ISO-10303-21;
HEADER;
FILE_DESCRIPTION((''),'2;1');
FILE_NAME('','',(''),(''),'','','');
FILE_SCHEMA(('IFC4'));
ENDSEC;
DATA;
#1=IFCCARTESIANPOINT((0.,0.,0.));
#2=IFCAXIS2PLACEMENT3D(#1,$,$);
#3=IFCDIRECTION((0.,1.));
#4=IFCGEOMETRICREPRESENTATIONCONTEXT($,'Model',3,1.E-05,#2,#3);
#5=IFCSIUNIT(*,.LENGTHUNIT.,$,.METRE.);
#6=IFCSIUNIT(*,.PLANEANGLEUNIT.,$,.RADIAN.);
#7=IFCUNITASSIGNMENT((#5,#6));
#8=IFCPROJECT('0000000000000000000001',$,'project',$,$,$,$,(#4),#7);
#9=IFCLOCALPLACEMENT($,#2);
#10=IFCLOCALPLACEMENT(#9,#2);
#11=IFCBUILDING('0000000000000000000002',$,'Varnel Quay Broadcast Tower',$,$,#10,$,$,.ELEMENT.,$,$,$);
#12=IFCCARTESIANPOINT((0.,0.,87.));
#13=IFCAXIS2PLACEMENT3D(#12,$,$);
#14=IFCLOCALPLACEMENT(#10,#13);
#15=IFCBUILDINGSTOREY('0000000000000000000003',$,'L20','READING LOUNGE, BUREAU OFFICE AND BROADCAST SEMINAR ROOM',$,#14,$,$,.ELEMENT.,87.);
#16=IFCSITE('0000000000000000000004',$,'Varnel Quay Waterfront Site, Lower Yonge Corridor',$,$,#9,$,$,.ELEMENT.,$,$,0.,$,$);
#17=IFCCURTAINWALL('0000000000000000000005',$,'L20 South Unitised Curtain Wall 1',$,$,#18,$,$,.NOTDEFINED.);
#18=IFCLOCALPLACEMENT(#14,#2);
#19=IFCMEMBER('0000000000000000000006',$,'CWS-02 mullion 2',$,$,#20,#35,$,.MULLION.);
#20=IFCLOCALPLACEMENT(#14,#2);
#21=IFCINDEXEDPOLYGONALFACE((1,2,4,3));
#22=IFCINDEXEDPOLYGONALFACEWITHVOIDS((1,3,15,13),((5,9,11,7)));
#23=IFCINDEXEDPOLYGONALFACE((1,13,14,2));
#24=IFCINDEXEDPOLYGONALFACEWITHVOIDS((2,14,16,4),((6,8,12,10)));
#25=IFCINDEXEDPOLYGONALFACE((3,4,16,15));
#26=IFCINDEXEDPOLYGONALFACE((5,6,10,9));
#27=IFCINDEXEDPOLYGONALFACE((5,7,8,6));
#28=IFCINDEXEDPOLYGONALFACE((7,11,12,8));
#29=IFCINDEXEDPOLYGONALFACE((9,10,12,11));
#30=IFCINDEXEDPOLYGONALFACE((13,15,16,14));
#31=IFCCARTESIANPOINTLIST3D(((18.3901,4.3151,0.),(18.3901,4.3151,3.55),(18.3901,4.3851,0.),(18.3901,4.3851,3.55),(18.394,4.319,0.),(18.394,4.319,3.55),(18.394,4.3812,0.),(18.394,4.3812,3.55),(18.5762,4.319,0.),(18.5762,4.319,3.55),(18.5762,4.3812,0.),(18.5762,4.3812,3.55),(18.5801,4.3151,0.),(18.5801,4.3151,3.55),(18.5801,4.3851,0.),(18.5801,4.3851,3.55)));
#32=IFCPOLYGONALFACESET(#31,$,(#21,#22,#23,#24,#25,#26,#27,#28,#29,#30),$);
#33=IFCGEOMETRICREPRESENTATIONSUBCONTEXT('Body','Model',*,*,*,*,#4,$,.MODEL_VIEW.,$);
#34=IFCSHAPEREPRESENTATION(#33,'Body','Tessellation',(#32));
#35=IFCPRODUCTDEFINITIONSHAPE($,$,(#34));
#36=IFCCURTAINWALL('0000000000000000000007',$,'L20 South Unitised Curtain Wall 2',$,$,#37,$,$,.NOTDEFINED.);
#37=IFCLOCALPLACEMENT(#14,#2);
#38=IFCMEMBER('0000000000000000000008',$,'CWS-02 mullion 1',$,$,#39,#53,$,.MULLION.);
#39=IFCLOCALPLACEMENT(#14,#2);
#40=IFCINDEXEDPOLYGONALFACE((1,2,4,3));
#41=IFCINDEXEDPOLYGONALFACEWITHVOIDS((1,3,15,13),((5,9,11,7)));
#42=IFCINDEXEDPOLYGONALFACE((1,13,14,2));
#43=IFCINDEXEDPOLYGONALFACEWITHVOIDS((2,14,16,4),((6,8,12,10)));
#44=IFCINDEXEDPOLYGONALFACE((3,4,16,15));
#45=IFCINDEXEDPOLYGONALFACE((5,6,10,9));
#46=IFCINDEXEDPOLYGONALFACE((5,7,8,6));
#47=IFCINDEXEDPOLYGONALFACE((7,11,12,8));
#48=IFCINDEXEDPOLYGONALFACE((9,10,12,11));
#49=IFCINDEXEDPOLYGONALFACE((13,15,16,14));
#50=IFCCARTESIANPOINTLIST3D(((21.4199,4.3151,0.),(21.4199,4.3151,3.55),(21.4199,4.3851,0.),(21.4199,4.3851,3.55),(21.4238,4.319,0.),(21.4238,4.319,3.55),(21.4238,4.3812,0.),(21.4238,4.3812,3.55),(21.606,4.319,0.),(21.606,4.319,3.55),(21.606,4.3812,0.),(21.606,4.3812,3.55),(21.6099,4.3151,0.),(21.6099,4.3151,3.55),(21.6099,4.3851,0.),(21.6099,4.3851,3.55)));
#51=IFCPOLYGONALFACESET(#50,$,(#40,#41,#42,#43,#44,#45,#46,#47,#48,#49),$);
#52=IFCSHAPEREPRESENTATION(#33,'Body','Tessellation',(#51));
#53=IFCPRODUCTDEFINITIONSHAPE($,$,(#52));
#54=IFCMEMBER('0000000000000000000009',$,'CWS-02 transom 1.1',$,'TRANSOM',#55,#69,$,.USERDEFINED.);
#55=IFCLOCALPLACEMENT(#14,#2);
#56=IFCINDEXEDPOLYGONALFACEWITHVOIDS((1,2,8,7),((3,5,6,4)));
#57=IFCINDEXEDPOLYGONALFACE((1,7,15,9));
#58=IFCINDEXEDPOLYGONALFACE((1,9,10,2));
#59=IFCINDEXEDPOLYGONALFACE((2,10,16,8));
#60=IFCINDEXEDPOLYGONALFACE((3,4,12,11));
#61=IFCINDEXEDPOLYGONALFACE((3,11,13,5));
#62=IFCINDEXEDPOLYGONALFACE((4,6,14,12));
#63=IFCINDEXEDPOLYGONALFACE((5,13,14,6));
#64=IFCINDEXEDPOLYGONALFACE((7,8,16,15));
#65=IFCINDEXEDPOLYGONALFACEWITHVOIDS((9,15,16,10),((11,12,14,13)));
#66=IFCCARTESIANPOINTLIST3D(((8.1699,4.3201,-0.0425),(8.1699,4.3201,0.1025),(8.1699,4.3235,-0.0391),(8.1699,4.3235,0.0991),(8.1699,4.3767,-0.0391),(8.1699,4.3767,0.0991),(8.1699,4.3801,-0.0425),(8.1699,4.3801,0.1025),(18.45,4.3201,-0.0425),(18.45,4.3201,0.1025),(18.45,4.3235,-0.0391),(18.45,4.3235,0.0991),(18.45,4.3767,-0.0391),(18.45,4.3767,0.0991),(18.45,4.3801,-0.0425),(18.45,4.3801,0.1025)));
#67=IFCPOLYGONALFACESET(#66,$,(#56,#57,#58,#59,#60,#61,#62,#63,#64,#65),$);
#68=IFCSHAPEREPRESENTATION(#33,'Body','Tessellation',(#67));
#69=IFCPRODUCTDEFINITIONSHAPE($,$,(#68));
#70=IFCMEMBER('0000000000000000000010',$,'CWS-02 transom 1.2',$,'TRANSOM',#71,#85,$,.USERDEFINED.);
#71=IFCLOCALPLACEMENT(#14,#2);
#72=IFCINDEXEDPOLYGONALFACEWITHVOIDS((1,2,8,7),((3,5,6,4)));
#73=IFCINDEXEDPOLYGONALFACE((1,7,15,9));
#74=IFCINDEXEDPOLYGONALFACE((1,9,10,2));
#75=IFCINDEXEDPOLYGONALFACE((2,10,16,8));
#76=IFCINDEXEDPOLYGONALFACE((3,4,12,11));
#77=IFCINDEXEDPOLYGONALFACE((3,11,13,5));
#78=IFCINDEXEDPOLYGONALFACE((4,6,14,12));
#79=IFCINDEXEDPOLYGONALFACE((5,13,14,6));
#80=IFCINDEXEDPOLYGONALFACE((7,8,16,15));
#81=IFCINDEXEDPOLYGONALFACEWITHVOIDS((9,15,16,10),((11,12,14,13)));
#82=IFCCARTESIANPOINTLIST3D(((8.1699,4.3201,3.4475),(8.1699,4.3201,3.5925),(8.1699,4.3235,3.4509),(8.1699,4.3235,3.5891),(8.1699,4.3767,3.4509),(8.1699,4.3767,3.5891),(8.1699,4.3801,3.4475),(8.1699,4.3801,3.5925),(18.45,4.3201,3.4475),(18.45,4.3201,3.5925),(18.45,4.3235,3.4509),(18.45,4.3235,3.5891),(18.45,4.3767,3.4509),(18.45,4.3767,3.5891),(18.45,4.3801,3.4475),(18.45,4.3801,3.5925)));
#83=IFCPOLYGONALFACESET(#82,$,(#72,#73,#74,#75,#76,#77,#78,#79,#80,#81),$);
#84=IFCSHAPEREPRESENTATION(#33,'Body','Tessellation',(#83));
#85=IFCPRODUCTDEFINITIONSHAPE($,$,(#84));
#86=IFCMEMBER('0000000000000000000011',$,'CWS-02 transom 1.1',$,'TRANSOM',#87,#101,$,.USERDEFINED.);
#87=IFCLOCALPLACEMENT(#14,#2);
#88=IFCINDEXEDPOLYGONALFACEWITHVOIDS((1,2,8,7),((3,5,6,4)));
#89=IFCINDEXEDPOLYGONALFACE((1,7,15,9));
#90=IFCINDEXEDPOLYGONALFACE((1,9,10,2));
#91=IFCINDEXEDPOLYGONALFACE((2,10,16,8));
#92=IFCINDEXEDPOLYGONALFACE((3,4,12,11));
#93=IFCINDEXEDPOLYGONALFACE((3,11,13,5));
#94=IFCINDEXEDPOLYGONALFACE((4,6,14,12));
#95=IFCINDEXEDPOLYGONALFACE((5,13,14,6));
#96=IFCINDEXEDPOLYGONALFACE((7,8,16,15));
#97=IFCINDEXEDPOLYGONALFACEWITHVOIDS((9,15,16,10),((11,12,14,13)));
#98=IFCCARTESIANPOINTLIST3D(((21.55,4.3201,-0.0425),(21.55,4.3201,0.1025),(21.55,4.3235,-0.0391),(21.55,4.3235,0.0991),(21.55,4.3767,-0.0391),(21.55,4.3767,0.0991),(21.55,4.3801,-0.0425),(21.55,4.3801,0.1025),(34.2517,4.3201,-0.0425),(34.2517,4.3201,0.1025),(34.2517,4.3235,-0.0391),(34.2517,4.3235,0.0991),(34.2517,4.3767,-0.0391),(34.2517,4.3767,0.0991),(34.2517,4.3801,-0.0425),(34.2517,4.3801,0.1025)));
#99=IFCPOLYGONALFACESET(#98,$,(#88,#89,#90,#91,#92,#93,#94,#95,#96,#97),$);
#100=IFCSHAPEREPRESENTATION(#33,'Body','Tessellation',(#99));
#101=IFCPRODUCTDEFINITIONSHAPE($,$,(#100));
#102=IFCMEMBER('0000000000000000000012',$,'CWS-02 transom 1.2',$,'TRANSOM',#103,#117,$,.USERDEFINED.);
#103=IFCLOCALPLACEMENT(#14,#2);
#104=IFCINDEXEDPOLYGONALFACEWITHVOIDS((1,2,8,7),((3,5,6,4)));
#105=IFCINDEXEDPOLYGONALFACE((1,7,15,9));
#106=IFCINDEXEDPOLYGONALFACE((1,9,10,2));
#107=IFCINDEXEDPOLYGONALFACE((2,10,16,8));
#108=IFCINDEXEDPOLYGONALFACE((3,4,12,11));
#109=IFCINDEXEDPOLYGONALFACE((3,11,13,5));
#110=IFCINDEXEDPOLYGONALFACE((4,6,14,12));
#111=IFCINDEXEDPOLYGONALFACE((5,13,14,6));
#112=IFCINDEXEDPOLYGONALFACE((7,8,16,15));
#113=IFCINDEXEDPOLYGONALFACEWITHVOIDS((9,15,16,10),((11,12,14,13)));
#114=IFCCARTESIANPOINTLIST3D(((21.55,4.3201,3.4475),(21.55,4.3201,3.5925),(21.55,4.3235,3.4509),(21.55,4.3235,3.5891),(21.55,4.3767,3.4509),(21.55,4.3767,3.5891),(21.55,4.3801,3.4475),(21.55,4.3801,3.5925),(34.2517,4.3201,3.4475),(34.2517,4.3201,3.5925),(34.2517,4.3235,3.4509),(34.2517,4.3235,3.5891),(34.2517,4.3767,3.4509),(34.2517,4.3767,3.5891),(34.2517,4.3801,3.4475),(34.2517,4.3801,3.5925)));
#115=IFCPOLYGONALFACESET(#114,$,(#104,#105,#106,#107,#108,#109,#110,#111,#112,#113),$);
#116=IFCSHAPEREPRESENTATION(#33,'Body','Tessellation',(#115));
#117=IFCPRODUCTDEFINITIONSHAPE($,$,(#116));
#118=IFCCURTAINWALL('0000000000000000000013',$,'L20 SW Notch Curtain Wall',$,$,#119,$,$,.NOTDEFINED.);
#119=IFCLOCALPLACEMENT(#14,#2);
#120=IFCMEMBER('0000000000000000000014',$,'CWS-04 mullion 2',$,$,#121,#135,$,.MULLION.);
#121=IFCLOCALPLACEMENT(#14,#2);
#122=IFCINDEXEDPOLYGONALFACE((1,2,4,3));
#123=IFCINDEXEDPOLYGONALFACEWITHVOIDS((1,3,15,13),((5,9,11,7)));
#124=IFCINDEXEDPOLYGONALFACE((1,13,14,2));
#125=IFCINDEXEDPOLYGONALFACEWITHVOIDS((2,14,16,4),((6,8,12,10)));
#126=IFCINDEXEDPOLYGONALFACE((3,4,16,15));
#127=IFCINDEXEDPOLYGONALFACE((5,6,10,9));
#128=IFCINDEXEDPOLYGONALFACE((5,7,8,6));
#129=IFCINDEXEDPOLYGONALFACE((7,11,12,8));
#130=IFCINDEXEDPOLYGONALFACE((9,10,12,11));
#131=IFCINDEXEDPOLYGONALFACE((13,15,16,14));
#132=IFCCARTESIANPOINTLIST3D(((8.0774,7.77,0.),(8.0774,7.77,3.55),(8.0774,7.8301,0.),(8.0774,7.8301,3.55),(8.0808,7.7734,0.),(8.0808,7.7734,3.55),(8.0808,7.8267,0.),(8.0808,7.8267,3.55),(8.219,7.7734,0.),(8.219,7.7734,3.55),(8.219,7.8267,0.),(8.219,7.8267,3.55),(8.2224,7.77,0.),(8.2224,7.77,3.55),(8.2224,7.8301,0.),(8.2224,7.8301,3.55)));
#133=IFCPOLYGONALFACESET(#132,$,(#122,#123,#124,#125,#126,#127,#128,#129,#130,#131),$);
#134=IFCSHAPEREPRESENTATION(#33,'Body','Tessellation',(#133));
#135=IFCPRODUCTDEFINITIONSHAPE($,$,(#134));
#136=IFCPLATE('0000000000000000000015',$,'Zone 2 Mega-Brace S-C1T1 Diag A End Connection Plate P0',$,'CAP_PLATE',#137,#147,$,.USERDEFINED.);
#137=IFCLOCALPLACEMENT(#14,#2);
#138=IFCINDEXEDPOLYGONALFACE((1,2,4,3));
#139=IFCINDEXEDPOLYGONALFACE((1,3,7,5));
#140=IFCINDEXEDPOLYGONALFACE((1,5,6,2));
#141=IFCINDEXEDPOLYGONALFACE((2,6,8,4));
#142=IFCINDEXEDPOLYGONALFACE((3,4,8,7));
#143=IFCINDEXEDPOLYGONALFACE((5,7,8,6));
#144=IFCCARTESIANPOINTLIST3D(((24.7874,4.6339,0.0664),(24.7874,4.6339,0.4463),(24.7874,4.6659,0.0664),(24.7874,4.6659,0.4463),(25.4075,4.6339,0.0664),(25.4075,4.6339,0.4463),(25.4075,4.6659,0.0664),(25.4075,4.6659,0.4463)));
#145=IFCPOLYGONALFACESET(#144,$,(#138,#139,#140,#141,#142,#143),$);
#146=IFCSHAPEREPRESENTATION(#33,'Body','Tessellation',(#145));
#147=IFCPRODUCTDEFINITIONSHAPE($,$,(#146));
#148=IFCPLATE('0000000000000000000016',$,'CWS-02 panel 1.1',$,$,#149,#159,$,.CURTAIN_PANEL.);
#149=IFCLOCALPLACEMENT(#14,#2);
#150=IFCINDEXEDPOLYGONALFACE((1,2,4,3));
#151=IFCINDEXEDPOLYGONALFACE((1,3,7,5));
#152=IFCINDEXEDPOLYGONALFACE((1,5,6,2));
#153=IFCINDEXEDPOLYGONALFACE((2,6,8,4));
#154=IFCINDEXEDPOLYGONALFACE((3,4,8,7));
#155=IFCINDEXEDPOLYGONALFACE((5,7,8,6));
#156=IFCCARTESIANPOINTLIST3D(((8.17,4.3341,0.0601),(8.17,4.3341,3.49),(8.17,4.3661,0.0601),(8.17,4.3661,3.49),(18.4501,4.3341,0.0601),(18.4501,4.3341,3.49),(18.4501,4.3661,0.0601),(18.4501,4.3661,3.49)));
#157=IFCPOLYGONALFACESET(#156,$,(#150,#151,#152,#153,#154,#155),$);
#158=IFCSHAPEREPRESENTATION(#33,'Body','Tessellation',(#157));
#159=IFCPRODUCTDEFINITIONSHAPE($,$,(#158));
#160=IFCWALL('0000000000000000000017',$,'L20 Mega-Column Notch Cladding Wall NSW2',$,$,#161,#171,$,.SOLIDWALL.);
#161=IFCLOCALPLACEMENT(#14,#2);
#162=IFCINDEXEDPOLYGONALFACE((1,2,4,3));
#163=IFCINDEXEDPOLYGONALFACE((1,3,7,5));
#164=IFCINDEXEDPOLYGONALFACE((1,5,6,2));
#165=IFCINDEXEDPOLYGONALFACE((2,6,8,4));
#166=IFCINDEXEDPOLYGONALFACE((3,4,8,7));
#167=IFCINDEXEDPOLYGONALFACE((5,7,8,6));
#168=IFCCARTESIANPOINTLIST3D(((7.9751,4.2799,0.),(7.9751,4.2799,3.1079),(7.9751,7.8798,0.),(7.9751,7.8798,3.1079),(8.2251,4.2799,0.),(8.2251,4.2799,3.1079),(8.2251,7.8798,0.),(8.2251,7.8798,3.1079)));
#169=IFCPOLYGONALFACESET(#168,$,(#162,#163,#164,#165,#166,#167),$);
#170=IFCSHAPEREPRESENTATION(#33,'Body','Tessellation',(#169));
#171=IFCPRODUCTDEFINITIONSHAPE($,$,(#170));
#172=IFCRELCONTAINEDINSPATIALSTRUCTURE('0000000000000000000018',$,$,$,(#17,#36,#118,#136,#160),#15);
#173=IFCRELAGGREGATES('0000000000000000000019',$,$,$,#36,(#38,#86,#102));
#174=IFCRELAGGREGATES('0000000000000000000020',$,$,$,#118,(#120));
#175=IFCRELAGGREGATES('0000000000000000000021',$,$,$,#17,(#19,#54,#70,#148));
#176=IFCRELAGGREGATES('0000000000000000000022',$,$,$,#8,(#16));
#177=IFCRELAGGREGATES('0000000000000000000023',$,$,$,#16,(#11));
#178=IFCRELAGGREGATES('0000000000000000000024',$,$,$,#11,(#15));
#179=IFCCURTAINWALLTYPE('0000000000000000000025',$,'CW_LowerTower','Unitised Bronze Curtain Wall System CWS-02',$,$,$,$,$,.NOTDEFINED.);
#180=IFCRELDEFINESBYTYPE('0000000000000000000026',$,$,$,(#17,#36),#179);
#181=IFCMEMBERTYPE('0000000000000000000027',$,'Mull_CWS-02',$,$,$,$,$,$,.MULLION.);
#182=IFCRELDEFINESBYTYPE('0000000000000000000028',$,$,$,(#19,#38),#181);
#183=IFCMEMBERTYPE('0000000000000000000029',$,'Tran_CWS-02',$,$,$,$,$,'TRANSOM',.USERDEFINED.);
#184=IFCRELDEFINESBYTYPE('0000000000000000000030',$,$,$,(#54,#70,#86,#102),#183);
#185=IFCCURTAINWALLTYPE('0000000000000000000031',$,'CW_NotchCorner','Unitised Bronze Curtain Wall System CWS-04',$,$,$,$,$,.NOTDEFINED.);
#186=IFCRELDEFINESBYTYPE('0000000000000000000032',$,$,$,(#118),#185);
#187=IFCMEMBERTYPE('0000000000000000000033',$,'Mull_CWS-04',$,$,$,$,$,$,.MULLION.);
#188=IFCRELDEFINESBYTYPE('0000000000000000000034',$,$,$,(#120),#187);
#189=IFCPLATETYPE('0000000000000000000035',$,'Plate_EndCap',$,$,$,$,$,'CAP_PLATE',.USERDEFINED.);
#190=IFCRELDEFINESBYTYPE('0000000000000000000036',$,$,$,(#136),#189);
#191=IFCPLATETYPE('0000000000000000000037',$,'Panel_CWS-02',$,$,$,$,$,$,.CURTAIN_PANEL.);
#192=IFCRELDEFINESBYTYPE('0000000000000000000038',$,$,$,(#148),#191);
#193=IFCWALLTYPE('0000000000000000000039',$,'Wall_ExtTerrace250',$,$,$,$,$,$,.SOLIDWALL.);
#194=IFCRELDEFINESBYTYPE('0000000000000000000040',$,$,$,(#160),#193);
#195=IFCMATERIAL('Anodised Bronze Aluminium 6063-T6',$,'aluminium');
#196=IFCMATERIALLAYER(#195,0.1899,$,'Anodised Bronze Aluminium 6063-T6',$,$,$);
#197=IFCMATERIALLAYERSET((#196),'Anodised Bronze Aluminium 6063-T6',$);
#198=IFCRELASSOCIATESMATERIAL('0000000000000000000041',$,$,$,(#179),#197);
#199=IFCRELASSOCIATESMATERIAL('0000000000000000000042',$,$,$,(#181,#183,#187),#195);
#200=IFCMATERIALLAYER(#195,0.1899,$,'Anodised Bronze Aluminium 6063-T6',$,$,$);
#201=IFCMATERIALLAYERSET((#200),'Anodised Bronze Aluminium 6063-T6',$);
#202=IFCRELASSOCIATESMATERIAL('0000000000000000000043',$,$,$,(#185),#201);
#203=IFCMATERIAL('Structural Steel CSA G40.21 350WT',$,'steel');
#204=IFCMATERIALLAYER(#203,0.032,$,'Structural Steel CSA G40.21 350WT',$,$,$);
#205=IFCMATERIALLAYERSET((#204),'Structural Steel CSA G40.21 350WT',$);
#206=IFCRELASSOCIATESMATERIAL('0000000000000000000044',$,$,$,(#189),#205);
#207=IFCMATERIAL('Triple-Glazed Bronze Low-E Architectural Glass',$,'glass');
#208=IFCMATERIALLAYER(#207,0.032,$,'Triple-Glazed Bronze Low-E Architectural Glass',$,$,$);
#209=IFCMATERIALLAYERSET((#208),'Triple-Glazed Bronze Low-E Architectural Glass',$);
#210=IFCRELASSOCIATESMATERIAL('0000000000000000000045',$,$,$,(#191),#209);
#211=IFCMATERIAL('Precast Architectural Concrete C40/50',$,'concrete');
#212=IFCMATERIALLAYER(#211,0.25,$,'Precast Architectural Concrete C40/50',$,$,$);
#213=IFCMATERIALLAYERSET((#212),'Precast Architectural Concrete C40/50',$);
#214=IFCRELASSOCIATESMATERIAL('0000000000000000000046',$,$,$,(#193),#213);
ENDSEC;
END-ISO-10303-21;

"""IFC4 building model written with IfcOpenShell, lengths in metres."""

from ifc_helpers import new_model, si_unit, direction, frame, frame_2d, origin, origin_2d, place, context, subcontext, project, spatial, rectangle, hollow_rectangle, extrude, source, transform, mapped, material, layer, layer_set, material_profile, profile_set, type_object, type_shapes, element, aggregate, save


model = new_model("IFC4")

# Units and contexts
model_context = context("Model", 3, precision=1e-05, world=origin(), true_north=direction((0.0, 1.0)))
body_context = subcontext(model_context, "Body", "Model", "MODEL_VIEW")
ifc_project = project(units=[si_unit("LENGTHUNIT", "METRE"), si_unit("PLANEANGLEUNIT", "RADIAN")], contexts=[model_context])

# Site, building, storey
site_placement = place(None, origin())
site = spatial("IfcSite", under=ifc_project, at=site_placement, Name="Varnel Quay Waterfront Site, Lower Yonge Corridor", CompositionType="ELEMENT", RefElevation=0.0)
building_placement = place(site_placement, origin())
building = spatial("IfcBuilding", under=site, at=building_placement, Name="Varnel Quay Broadcast Tower", CompositionType="ELEMENT")
storey_placement = place(building_placement, frame((0.0, 0.0, 87.0)))
storey = spatial("IfcBuildingStorey", under=building, at=storey_placement, Name="L20", Description="READING LOUNGE, BUREAU OFFICE AND BROADCAST SEMINAR ROOM", CompositionType="ELEMENT", Elevation=87.0)

# Shared definitions
ifc_material_1 = material(Name="Structural Steel CSA G40.21 350WT", Category="steel")

# Curtain wall, member
ifc_material_2 = material(Name="Anodised Bronze Aluminium 6063-T6", Category="aluminium")
ifc_layer_1 = layer(ifc_material_2, 0.1899, Name="Anodised Bronze Aluminium 6063-T6")
ifc_layer_set_1 = layer_set([ifc_layer_1], Name="Anodised Bronze Aluminium 6063-T6")
curtain_wall_type_1 = type_object("IfcCurtainWallType", Name="CW_LowerTower", Description="Unitised Bronze Curtain Wall System CWS-02", PredefinedType="NOTDEFINED", material=ifc_layer_set_1)
curtain_wall_1_placement = place(storey_placement, origin())
curtain_wall_1 = element("IfcCurtainWall", 1, at=curtain_wall_1_placement, inside=storey, type_object=curtain_wall_type_1, Name="L20 South Unitised Curtain Wall 1", PredefinedType="NOTDEFINED")
ifc_material_profile_1 = material_profile(ifc_material_2, hollow_rectangle(XDim=0.0701, YDim=0.1899, WallThickness=0.0039, at=origin_2d()), Name="ALU70X190X4")
ifc_profile_set_1 = profile_set([ifc_material_profile_1], Name="Anodised Bronze Aluminium 6063-T6")
member_type_1 = type_object("IfcMemberType", Name="Mull_CWS-02", PredefinedType="MULLION", material=ifc_profile_set_1)
shared_shape_1 = source(origin(), body_context, "Body", "SweptSolid", [
    extrude(hollow_rectangle(XDim=0.0701, YDim=0.1899, WallThickness=0.0039, at=origin_2d()), origin(), (0.0, 0.0, 1.0), 3.55),
])
type_shapes(member_type_1, [shared_shape_1])
member_1_placement = place(storey_placement, frame((18.4851, 4.3501, 0.0), z_axis=(0.0, 0.0, 1.0), x_axis=(0.0, 1.0, 0.0)))
member_1 = element("IfcMember", 2, at=member_1_placement, type_object=member_type_1, Name="CWS-02 mullion 2", PredefinedType="MULLION", context=body_context, shape_type="MappedRepresentation", body=[
    mapped(shared_shape_1, transform((0.0, 0.0, 0.0), x_axis=(1.0, 0.0, 0.0), y_axis=(0.0, 1.0, 0.0), z_axis=(0.0, 0.0, 1.0), scale=1.0)),
])

# Curtain wall, member
curtain_wall_2_placement = place(storey_placement, origin())
curtain_wall_2 = element("IfcCurtainWall", 3, at=curtain_wall_2_placement, inside=storey, type_object=curtain_wall_type_1, Name="L20 South Unitised Curtain Wall 2", PredefinedType="NOTDEFINED")
member_2_placement = place(storey_placement, frame((21.5149, 4.3501, 0.0), z_axis=(0.0, 0.0, 1.0), x_axis=(0.0, 1.0, 0.0)))
member_2 = element("IfcMember", 4, at=member_2_placement, type_object=member_type_1, Name="CWS-02 mullion 1", PredefinedType="MULLION", context=body_context, shape_type="MappedRepresentation", body=[
    mapped(shared_shape_1, transform((0.0, 0.0, 0.0), x_axis=(1.0, 0.0, 0.0), y_axis=(0.0, 1.0, 0.0), z_axis=(0.0, 0.0, 1.0), scale=1.0)),
])

# Members
ifc_material_profile_2 = material_profile(ifc_material_2, hollow_rectangle(XDim=0.0601, YDim=0.145, WallThickness=0.0034, at=origin_2d()), Name="ALU60X145X3.5")
ifc_profile_set_2 = profile_set([ifc_material_profile_2], Name="Anodised Bronze Aluminium 6063-T6")
member_type_2 = type_object("IfcMemberType", Name="Tran_CWS-02", ElementType="TRANSOM", PredefinedType="USERDEFINED", material=ifc_profile_set_2)
shared_shape_2 = source(origin(), body_context, "Body", "SweptSolid", [
    extrude(hollow_rectangle(XDim=0.0601, YDim=0.145, WallThickness=0.0034, at=origin_2d()), origin(), (0.0, 0.0, 1.0), 10.28),
])
member_3_placement = place(storey_placement, frame((8.1699, 4.3501, 0.03), z_axis=(1.0, 0.0, 0.0), x_axis=(0.0, 1.0, 0.0)))
member_3 = element("IfcMember", 5, at=member_3_placement, type_object=member_type_2, Name="CWS-02 transom 1.1", ObjectType="TRANSOM", PredefinedType="USERDEFINED", context=body_context, shape_type="MappedRepresentation", body=[
    mapped(shared_shape_2, transform((0.0, 0.0, 0.0), x_axis=(1.0, 0.0, 0.0), y_axis=(0.0, 1.0, 0.0), z_axis=(0.0, 0.0, 1.0), scale=1.0)),
])
member_4_placement = place(storey_placement, frame((8.1699, 4.3501, 3.52), z_axis=(1.0, 0.0, 0.0), x_axis=(0.0, 1.0, 0.0)))
member_4 = element("IfcMember", 6, at=member_4_placement, type_object=member_type_2, Name="CWS-02 transom 1.2", ObjectType="TRANSOM", PredefinedType="USERDEFINED", context=body_context, shape_type="MappedRepresentation", body=[
    mapped(shared_shape_2, transform((0.0, 0.0, 0.0), x_axis=(1.0, 0.0, 0.0), y_axis=(0.0, 1.0, 0.0), z_axis=(0.0, 0.0, 1.0), scale=1.0)),
])
shared_shape_3 = source(origin(), body_context, "Body", "SweptSolid", [
    extrude(hollow_rectangle(XDim=0.0601, YDim=0.145, WallThickness=0.0034, at=origin_2d()), origin(), (0.0, 0.0, 1.0), 12.7017),
])
type_shapes(member_type_2, [shared_shape_2, shared_shape_3])
member_5_placement = place(storey_placement, frame((21.55, 4.3501, 0.03), z_axis=(1.0, 0.0, 0.0), x_axis=(0.0, 1.0, 0.0)))
member_5 = element("IfcMember", 7, at=member_5_placement, type_object=member_type_2, Name="CWS-02 transom 1.1", ObjectType="TRANSOM", PredefinedType="USERDEFINED", context=body_context, shape_type="MappedRepresentation", body=[
    mapped(shared_shape_3, transform((0.0, 0.0, 0.0), x_axis=(1.0, 0.0, 0.0), y_axis=(0.0, 1.0, 0.0), z_axis=(0.0, 0.0, 1.0), scale=1.0)),
])
member_6_placement = place(storey_placement, frame((21.55, 4.3501, 3.52), z_axis=(1.0, 0.0, 0.0), x_axis=(0.0, 1.0, 0.0)))
member_6 = element("IfcMember", 8, at=member_6_placement, type_object=member_type_2, Name="CWS-02 transom 1.2", ObjectType="TRANSOM", PredefinedType="USERDEFINED", context=body_context, shape_type="MappedRepresentation", body=[
    mapped(shared_shape_3, transform((0.0, 0.0, 0.0), x_axis=(1.0, 0.0, 0.0), y_axis=(0.0, 1.0, 0.0), z_axis=(0.0, 0.0, 1.0), scale=1.0)),
])
aggregate(curtain_wall_2, [member_2, member_5, member_6])

# Curtain wall, member
ifc_layer_2 = layer(ifc_material_2, 0.1899, Name="Anodised Bronze Aluminium 6063-T6")
ifc_layer_set_2 = layer_set([ifc_layer_2], Name="Anodised Bronze Aluminium 6063-T6")
curtain_wall_type_2 = type_object("IfcCurtainWallType", Name="CW_NotchCorner", Description="Unitised Bronze Curtain Wall System CWS-04", PredefinedType="NOTDEFINED", material=ifc_layer_set_2)
curtain_wall_3_placement = place(storey_placement, origin())
curtain_wall_3 = element("IfcCurtainWall", 9, at=curtain_wall_3_placement, inside=storey, type_object=curtain_wall_type_2, Name="L20 SW Notch Curtain Wall", PredefinedType="NOTDEFINED")
ifc_material_profile_3 = material_profile(ifc_material_2, hollow_rectangle(XDim=0.0601, YDim=0.145, WallThickness=0.0034, at=origin_2d()), Name="ALU60X145X3.5")
ifc_profile_set_3 = profile_set([ifc_material_profile_3], Name="Anodised Bronze Aluminium 6063-T6")
member_type_3 = type_object("IfcMemberType", Name="Mull_CWS-04", PredefinedType="MULLION", material=ifc_profile_set_3)
shared_shape_4 = source(origin(), body_context, "Body", "SweptSolid", [
    extrude(hollow_rectangle(XDim=0.0601, YDim=0.145, WallThickness=0.0034, at=origin_2d()), origin(), (0.0, 0.0, 1.0), 3.55),
])
type_shapes(member_type_3, [shared_shape_4])
member_7_placement = place(storey_placement, frame((8.1499, 7.8, 0.0), z_axis=(0.0, 0.0, 1.0), x_axis=(0.0, 1.0, 0.0)))
member_7 = element("IfcMember", 10, at=member_7_placement, type_object=member_type_3, Name="CWS-04 mullion 2", PredefinedType="MULLION", context=body_context, shape_type="MappedRepresentation", body=[
    mapped(shared_shape_4, transform((0.0, 0.0, 0.0), x_axis=(1.0, 0.0, 0.0), y_axis=(0.0, 1.0, 0.0), z_axis=(0.0, 0.0, 1.0), scale=1.0)),
])
aggregate(curtain_wall_3, [member_7])

# Plates
ifc_layer_3 = layer(ifc_material_1, 0.032, Name="Structural Steel CSA G40.21 350WT")
ifc_layer_set_3 = layer_set([ifc_layer_3], Name="Structural Steel CSA G40.21 350WT")
plate_type_1 = type_object("IfcPlateType", Name="Plate_EndCap", ElementType="CAP_PLATE", PredefinedType="USERDEFINED", material=ifc_layer_set_3)
shared_shape_5 = source(origin(), body_context, "Body", "SweptSolid", [
    extrude(rectangle(XDim=0.6201, YDim=0.032, at=origin_2d()), origin(), (0.0, 0.0, 1.0), 0.3799),
])
type_shapes(plate_type_1, [shared_shape_5])
plate_1_placement = place(storey_placement, frame((25.0974, 4.6499, 0.0664), z_axis=(0.0, 0.0, 1.0), x_axis=(1.0, 0.0, 0.0)))
element("IfcPlate", 11, at=plate_1_placement, inside=storey, type_object=plate_type_1, Name="Zone 2 Mega-Brace S-C1T1 Diag A End Connection Plate P0", ObjectType="CAP_PLATE", PredefinedType="USERDEFINED", context=body_context, shape_type="MappedRepresentation", body=[
    mapped(shared_shape_5, transform((0.0, 0.0, 0.0), x_axis=(1.0, 0.0, 0.0), y_axis=(0.0, 1.0, 0.0), z_axis=(0.0, 0.0, 1.0), scale=1.0)),
])
ifc_material_3 = material(Name="Triple-Glazed Bronze Low-E Architectural Glass", Category="glass")
ifc_layer_4 = layer(ifc_material_3, 0.032, Name="Triple-Glazed Bronze Low-E Architectural Glass")
ifc_layer_set_4 = layer_set([ifc_layer_4], Name="Triple-Glazed Bronze Low-E Architectural Glass")
plate_type_2 = type_object("IfcPlateType", Name="Panel_CWS-02", PredefinedType="CURTAIN_PANEL", material=ifc_layer_set_4)
shared_shape_6 = source(origin(), body_context, "Body", "SweptSolid", [
    extrude(rectangle(XDim=10.28, YDim=0.032, at=origin_2d()), origin(), (0.0, 0.0, 1.0), 3.4299),
])
type_shapes(plate_type_2, [shared_shape_6])
plate_2_placement = place(storey_placement, frame((13.3101, 4.3501, 0.0601), z_axis=(0.0, 0.0, 1.0), x_axis=(1.0, 0.0, 0.0)))
plate_2 = element("IfcPlate", 12, at=plate_2_placement, type_object=plate_type_2, Name="CWS-02 panel 1.1", PredefinedType="CURTAIN_PANEL", context=body_context, shape_type="MappedRepresentation", body=[
    mapped(shared_shape_6, transform((0.0, 0.0, 0.0), x_axis=(1.0, 0.0, 0.0), y_axis=(0.0, 1.0, 0.0), z_axis=(0.0, 0.0, 1.0), scale=1.0)),
])
aggregate(curtain_wall_1, [member_1, member_3, member_4, plate_2])

# Shared definitions
ifc_material_4 = material(Name="Precast Architectural Concrete C40/50", Category="concrete")
ifc_layer_5 = layer(ifc_material_4, 0.25, Name="Precast Architectural Concrete C40/50")
ifc_layer_set_5 = layer_set([ifc_layer_5], Name="Precast Architectural Concrete C40/50")
wall_type_1 = type_object("IfcWallType", Name="Wall_ExtTerrace250", PredefinedType="SOLIDWALL", material=ifc_layer_set_5)

# Wall
wall_1_placement = place(storey_placement, frame((8.1001, 4.28, 0.0), z_axis=(0.0, 0.0, 1.0), x_axis=(0.0, 1.0, 0.0)))
element("IfcWall", 13, at=wall_1_placement, inside=storey, type_object=wall_type_1, Name="L20 Mega-Column Notch Cladding Wall NSW2", PredefinedType="SOLIDWALL", context=body_context, shape_type="SweptSolid", body=[
    extrude(rectangle(XDim=3.5999, YDim=0.25, at=frame_2d((1.7998, 0.0))), origin(), (0.0, 0.0, 1.0), 3.1079),
])

save(model, "model.ifc")
